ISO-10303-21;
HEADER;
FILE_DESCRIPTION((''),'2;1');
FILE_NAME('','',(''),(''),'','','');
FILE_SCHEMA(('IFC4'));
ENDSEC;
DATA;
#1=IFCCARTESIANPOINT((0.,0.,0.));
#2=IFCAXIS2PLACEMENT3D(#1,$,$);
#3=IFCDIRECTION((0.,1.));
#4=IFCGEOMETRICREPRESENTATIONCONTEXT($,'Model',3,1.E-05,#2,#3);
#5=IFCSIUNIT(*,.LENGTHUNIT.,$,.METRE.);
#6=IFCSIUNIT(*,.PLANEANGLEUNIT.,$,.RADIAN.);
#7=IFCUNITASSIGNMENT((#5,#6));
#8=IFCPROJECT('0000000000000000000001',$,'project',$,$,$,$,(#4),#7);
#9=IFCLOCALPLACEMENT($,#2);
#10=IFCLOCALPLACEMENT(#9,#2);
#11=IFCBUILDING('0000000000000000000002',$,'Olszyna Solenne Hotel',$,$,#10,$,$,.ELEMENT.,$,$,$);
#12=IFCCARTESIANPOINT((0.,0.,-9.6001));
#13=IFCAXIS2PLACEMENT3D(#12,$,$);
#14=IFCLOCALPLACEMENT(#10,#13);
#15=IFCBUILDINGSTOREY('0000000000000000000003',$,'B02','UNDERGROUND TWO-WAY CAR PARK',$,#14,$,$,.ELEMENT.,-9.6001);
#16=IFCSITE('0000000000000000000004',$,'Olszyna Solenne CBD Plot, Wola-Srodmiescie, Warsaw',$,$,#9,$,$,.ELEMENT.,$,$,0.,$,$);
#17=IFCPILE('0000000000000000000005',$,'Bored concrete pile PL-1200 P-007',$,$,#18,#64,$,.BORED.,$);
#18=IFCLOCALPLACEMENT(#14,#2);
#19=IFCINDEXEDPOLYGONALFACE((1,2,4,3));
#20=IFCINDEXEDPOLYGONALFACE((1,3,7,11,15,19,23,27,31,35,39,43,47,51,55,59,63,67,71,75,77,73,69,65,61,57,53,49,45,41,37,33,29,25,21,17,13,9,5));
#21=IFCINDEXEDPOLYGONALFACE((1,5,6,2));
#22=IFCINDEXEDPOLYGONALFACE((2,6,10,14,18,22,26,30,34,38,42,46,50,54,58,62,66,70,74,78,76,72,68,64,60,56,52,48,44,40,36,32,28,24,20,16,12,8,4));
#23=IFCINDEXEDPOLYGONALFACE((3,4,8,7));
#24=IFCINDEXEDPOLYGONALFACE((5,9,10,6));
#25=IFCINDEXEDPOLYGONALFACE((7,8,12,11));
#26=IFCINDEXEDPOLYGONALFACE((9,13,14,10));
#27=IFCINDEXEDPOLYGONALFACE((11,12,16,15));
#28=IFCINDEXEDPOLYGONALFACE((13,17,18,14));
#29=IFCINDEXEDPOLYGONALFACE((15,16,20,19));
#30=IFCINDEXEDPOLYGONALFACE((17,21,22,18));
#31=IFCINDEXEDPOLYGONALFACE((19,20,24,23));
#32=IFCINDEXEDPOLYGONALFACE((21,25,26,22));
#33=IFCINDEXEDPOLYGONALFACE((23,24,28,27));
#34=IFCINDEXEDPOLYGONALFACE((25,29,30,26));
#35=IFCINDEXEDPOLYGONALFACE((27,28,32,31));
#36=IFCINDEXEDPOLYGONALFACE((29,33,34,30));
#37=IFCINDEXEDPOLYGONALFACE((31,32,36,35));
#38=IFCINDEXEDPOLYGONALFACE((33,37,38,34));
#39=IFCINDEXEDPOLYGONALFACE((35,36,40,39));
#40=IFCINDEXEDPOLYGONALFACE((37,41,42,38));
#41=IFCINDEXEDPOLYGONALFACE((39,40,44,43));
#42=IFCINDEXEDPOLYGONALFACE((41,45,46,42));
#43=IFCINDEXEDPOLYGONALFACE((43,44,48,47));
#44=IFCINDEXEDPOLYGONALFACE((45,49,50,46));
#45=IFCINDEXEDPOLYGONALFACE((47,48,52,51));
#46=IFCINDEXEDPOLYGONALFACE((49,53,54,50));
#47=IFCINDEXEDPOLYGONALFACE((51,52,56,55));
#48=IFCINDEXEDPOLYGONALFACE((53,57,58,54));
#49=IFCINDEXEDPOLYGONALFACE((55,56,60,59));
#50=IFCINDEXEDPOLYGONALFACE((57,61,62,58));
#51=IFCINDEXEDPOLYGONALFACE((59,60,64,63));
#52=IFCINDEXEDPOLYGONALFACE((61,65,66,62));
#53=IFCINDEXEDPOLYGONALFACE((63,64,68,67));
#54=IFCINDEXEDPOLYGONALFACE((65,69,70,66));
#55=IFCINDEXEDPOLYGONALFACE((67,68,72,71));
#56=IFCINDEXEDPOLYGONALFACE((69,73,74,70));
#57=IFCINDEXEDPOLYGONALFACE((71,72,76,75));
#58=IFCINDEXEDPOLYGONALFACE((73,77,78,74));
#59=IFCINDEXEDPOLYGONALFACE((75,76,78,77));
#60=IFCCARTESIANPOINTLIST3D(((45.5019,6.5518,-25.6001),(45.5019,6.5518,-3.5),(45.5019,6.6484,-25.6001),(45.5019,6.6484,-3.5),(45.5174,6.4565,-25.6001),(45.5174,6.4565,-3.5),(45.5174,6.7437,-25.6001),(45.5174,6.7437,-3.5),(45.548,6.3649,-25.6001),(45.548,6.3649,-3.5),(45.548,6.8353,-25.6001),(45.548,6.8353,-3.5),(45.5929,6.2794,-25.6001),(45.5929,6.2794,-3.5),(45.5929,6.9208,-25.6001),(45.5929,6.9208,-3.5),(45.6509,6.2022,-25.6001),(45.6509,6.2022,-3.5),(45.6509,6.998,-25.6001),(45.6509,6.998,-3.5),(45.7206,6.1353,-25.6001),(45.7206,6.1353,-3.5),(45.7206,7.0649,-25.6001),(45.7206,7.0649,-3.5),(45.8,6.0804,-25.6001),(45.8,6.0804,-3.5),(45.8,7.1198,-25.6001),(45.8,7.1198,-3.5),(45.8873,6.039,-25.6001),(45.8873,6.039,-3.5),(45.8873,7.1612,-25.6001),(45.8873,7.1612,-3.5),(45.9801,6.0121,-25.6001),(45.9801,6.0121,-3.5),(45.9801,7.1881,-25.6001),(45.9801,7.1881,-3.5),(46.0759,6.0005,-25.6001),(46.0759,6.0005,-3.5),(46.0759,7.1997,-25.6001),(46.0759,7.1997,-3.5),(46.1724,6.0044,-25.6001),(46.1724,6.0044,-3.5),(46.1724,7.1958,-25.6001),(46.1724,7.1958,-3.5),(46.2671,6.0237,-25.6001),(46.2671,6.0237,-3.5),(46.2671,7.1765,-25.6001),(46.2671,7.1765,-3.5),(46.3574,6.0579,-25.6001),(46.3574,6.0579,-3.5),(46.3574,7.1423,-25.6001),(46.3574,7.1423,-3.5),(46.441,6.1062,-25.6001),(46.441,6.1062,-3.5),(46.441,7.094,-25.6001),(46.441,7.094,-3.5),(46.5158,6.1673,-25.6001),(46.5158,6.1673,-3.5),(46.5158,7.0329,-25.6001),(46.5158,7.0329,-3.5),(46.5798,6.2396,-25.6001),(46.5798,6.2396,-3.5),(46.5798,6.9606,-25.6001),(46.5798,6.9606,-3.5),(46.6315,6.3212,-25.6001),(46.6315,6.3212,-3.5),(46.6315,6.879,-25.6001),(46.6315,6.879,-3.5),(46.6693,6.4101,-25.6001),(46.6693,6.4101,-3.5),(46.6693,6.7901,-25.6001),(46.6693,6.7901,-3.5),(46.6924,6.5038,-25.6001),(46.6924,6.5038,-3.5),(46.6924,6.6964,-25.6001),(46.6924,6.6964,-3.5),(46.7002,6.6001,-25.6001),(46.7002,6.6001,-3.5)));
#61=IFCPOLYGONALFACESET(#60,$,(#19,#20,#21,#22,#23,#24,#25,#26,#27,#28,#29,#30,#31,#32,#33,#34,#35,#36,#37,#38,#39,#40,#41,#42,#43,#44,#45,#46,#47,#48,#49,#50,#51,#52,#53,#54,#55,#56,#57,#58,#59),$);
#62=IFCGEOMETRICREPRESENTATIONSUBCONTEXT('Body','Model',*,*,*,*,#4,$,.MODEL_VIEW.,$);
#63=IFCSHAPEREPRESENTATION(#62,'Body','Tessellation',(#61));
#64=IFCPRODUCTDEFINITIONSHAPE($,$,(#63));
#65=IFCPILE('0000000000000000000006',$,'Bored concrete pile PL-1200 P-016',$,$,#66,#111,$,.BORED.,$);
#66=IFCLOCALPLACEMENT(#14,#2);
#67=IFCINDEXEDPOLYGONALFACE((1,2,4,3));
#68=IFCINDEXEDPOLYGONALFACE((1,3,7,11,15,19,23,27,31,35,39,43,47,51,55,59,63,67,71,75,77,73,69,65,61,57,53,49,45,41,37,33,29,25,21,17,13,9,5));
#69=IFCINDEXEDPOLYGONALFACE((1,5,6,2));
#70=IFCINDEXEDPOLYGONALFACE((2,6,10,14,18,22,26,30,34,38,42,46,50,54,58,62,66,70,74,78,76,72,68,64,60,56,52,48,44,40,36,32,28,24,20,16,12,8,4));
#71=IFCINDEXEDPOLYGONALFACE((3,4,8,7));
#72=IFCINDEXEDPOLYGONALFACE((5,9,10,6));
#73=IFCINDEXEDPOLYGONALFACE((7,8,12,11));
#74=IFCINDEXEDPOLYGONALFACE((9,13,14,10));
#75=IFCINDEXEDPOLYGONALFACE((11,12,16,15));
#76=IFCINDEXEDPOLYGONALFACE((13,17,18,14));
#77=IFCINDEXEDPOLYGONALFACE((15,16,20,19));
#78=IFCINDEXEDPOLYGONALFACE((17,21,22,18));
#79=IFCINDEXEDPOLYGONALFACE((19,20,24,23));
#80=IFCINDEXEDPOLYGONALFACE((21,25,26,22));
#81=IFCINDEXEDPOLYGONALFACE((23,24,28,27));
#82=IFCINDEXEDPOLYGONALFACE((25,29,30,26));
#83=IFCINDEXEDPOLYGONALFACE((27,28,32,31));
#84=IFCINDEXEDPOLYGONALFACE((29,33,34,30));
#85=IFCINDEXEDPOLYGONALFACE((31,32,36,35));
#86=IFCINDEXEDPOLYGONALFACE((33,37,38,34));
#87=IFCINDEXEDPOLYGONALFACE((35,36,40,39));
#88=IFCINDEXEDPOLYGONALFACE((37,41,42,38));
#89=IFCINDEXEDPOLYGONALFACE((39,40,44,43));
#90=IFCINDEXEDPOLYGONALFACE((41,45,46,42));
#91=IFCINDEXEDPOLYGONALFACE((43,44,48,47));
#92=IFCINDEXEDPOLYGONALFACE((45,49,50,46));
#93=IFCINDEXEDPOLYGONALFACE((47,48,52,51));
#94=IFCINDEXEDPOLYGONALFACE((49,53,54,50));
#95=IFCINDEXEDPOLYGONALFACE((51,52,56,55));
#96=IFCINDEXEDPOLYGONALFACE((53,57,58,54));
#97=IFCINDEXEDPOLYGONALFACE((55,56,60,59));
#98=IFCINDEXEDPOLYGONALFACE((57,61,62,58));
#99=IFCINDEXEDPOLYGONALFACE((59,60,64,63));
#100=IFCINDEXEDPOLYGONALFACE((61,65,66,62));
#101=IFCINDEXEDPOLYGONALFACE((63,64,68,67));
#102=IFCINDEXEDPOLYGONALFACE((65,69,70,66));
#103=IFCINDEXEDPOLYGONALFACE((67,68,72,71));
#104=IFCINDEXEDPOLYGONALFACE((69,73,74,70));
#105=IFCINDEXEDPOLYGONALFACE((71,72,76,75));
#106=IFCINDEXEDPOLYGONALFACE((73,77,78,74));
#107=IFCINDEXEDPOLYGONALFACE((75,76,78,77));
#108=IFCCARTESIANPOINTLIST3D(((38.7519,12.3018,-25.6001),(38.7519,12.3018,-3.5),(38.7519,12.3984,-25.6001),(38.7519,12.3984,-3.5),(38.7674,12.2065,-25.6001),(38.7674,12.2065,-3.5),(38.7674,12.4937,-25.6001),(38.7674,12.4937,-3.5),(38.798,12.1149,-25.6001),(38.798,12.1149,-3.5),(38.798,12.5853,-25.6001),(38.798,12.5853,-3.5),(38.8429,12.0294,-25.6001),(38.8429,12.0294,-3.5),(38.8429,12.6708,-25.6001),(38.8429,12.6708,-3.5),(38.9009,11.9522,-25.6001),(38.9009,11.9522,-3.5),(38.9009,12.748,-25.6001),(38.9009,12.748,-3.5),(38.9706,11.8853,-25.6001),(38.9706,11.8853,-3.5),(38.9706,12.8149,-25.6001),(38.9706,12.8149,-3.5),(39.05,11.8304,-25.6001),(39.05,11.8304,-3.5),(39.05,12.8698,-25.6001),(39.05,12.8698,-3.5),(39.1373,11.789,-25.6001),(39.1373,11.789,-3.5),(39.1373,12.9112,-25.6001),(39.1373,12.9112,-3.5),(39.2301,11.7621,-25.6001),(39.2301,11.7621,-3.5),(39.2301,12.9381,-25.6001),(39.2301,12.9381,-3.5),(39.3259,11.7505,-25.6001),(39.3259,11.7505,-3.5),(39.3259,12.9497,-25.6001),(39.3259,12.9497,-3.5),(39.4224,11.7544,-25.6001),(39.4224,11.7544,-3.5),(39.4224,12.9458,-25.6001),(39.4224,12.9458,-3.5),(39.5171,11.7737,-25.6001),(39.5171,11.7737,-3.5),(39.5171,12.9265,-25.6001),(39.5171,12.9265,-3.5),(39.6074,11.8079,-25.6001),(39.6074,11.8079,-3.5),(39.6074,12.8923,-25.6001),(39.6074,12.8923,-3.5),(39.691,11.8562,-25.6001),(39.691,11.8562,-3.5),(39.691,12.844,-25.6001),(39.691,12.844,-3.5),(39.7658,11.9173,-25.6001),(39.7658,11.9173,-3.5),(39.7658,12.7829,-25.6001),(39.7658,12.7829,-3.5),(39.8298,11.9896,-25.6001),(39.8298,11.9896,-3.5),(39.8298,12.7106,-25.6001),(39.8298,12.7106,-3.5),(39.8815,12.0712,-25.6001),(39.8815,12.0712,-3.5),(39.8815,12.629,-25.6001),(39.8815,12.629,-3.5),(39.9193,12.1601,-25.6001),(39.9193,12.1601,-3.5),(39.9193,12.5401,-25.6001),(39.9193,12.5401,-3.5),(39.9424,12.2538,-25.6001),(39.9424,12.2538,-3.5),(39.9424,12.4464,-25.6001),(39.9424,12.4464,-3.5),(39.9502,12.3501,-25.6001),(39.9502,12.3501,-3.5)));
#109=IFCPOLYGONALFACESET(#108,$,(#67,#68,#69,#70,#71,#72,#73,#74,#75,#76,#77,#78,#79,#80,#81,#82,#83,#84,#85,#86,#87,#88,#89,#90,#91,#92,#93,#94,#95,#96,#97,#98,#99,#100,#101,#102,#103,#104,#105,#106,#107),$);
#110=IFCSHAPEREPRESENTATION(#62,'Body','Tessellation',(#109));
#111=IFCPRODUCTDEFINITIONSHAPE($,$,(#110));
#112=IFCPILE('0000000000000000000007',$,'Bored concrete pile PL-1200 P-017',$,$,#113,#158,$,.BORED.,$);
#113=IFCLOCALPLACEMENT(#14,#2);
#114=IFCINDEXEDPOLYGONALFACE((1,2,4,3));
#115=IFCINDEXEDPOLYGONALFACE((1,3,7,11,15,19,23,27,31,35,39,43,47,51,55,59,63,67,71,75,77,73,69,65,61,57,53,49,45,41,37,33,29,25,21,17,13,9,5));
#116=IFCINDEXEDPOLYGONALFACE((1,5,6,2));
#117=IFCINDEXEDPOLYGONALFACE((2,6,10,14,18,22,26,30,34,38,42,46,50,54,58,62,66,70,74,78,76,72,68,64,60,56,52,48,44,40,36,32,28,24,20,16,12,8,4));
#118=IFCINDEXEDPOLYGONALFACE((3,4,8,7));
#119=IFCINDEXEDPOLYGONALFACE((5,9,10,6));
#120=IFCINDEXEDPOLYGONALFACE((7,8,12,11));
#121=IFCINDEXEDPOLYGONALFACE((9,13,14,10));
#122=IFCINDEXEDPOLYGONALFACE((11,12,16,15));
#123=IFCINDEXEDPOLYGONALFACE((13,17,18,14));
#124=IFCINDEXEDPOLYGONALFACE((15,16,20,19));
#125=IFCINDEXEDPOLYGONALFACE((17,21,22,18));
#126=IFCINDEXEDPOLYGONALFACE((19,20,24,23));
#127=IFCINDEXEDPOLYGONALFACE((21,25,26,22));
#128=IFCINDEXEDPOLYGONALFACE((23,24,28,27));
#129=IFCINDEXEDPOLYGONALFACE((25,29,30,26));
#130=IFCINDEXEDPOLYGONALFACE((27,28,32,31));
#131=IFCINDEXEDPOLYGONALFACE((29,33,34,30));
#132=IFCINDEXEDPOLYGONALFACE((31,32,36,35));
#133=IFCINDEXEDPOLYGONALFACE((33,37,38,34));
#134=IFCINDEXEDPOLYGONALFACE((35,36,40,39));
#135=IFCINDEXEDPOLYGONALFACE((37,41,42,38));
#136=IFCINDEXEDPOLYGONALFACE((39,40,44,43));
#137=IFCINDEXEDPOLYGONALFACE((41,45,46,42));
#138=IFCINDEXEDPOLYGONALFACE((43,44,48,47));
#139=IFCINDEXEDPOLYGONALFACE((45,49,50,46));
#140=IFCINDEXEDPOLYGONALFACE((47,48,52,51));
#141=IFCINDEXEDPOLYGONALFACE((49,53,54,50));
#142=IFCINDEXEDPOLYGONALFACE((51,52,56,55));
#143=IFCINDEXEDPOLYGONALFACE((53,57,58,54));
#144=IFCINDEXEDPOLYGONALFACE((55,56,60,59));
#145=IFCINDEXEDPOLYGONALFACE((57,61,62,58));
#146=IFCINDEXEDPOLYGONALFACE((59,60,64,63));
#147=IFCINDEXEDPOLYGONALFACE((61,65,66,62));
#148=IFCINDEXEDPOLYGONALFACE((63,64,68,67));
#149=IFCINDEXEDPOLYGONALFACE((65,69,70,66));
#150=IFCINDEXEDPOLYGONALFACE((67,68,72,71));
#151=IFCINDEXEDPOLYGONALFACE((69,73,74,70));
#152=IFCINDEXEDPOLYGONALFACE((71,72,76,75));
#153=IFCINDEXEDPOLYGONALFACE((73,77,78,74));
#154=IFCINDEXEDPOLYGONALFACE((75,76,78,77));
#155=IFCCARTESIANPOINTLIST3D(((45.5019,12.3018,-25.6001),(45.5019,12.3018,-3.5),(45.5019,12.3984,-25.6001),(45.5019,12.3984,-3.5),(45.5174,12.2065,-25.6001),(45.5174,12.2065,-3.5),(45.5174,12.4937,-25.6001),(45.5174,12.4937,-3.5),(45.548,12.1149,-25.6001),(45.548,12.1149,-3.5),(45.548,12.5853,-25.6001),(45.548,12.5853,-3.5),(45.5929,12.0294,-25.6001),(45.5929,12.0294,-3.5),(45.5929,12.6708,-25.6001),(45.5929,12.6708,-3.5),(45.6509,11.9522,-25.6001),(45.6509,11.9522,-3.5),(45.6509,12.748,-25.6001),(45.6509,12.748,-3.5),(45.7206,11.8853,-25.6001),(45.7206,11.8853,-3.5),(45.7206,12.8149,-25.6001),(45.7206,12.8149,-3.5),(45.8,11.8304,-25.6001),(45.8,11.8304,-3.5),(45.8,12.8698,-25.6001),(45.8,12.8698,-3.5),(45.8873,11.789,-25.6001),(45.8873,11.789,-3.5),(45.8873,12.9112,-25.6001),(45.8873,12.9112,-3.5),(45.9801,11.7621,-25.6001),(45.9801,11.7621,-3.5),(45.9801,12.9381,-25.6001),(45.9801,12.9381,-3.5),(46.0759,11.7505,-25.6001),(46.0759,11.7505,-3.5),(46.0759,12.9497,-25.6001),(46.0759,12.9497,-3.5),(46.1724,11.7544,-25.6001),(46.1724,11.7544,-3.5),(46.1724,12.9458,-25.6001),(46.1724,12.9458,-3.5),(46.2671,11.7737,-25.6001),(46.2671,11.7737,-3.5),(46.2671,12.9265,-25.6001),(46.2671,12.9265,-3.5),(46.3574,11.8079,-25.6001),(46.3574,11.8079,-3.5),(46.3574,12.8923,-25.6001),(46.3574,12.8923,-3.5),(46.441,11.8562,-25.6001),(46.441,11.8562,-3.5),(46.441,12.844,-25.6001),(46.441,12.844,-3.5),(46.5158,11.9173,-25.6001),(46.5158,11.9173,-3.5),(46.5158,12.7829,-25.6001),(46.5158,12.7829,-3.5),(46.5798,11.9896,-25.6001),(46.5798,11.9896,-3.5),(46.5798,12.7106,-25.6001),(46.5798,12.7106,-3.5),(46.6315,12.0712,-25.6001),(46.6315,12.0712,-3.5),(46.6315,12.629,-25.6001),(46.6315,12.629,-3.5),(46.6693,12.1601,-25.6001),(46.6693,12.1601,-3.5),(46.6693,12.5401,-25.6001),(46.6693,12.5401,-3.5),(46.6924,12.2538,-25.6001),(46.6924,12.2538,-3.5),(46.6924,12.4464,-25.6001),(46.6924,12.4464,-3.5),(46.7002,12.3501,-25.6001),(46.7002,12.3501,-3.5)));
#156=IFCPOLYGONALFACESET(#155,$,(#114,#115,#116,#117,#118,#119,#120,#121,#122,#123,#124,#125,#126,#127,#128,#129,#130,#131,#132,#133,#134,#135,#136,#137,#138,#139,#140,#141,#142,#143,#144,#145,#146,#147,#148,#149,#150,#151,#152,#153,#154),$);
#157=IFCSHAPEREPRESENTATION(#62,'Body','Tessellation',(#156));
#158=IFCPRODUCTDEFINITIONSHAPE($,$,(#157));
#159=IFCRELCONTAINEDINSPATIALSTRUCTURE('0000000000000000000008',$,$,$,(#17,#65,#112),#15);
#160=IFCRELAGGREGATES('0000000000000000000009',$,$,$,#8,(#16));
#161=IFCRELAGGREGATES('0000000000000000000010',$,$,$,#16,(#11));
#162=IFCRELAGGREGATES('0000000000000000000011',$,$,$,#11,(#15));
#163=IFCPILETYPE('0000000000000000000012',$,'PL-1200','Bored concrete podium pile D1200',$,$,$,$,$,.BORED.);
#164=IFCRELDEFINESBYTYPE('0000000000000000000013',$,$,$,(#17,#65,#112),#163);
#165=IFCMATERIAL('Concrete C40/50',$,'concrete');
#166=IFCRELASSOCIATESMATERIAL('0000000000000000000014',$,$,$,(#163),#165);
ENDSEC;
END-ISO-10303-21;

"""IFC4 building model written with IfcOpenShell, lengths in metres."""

from ifc_helpers import new_model, si_unit, direction, frame, origin, origin_2d, place, context, subcontext, project, spatial, circle, extrude, source, transform, mapped, material, material_profile, profile_set, type_object, element, save


model = new_model("IFC4")

# Units and contexts
model_context = context("Model", 3, precision=1e-05, world=origin(), true_north=direction((0.0, 1.0)))
body_context = subcontext(model_context, "Body", "Model", "MODEL_VIEW")
ifc_project = project(units=[si_unit("LENGTHUNIT", "METRE"), si_unit("PLANEANGLEUNIT", "RADIAN")], contexts=[model_context])

# Site, building, storey
site_placement = place(None, origin())
site = spatial("IfcSite", under=ifc_project, at=site_placement, Name="Olszyna Solenne CBD Plot, Wola-Srodmiescie, Warsaw", CompositionType="ELEMENT", RefElevation=0.0)
building_placement = place(site_placement, origin())
building = spatial("IfcBuilding", under=site, at=building_placement, Name="Olszyna Solenne Hotel", CompositionType="ELEMENT")
storey_placement = place(building_placement, frame((0.0, 0.0, -9.6001)))
storey = spatial("IfcBuildingStorey", under=building, at=storey_placement, Name="B02", Description="UNDERGROUND TWO-WAY CAR PARK", CompositionType="ELEMENT", Elevation=-9.6001)

# Piles
ifc_material_1 = material(Name="Concrete C40/50", Category="concrete")
ifc_material_profile_1 = material_profile(ifc_material_1, circle(Radius=0.6001, at=origin_2d()), Name="BORED PILE 1200", Category="load-bearing")
ifc_profile_set_1 = profile_set([ifc_material_profile_1], Name="Concrete C40/50")
pile_type_1 = type_object("IfcPileType", Name="PL-1200", Description="Bored concrete podium pile D1200", PredefinedType="BORED", material=ifc_profile_set_1)
shared_shape_1 = source(origin(), body_context, "Body", "SweptSolid", [
    extrude(circle(Radius=0.6001, at=origin_2d()), origin(), (0.0, 0.0, 1.0), 22.1001),
])
for number, where, z_axis, x_axis, name in (
    (1, (46.1001, 6.6001, -3.5), (0.0, 0.0, -1.0), (1.0, 0.0, 0.0), "Bored concrete pile PL-1200 P-007"),
    (2, (39.3501, 12.3501, -3.5), (0.0, 0.0, -1.0), (1.0, 0.0, 0.0), "Bored concrete pile PL-1200 P-016"),
    (3, (46.1001, 12.3501, -3.5), (0.0, 0.0, -1.0), (1.0, 0.0, 0.0), "Bored concrete pile PL-1200 P-017"),
):
    element("IfcPile", number, at=place(storey_placement, frame(where, z_axis=z_axis, x_axis=x_axis)), inside=storey, type_object=pile_type_1, Name=name, PredefinedType="BORED", context=body_context, shape_type="MappedRepresentation", body=[
        mapped(shared_shape_1, transform((0.0, 0.0, 0.0), x_axis=(1.0, 0.0, 0.0), y_axis=(0.0, 1.0, 0.0), z_axis=(0.0, 0.0, 1.0), scale=1.0)),
    ])

save(model, "model.ifc")
